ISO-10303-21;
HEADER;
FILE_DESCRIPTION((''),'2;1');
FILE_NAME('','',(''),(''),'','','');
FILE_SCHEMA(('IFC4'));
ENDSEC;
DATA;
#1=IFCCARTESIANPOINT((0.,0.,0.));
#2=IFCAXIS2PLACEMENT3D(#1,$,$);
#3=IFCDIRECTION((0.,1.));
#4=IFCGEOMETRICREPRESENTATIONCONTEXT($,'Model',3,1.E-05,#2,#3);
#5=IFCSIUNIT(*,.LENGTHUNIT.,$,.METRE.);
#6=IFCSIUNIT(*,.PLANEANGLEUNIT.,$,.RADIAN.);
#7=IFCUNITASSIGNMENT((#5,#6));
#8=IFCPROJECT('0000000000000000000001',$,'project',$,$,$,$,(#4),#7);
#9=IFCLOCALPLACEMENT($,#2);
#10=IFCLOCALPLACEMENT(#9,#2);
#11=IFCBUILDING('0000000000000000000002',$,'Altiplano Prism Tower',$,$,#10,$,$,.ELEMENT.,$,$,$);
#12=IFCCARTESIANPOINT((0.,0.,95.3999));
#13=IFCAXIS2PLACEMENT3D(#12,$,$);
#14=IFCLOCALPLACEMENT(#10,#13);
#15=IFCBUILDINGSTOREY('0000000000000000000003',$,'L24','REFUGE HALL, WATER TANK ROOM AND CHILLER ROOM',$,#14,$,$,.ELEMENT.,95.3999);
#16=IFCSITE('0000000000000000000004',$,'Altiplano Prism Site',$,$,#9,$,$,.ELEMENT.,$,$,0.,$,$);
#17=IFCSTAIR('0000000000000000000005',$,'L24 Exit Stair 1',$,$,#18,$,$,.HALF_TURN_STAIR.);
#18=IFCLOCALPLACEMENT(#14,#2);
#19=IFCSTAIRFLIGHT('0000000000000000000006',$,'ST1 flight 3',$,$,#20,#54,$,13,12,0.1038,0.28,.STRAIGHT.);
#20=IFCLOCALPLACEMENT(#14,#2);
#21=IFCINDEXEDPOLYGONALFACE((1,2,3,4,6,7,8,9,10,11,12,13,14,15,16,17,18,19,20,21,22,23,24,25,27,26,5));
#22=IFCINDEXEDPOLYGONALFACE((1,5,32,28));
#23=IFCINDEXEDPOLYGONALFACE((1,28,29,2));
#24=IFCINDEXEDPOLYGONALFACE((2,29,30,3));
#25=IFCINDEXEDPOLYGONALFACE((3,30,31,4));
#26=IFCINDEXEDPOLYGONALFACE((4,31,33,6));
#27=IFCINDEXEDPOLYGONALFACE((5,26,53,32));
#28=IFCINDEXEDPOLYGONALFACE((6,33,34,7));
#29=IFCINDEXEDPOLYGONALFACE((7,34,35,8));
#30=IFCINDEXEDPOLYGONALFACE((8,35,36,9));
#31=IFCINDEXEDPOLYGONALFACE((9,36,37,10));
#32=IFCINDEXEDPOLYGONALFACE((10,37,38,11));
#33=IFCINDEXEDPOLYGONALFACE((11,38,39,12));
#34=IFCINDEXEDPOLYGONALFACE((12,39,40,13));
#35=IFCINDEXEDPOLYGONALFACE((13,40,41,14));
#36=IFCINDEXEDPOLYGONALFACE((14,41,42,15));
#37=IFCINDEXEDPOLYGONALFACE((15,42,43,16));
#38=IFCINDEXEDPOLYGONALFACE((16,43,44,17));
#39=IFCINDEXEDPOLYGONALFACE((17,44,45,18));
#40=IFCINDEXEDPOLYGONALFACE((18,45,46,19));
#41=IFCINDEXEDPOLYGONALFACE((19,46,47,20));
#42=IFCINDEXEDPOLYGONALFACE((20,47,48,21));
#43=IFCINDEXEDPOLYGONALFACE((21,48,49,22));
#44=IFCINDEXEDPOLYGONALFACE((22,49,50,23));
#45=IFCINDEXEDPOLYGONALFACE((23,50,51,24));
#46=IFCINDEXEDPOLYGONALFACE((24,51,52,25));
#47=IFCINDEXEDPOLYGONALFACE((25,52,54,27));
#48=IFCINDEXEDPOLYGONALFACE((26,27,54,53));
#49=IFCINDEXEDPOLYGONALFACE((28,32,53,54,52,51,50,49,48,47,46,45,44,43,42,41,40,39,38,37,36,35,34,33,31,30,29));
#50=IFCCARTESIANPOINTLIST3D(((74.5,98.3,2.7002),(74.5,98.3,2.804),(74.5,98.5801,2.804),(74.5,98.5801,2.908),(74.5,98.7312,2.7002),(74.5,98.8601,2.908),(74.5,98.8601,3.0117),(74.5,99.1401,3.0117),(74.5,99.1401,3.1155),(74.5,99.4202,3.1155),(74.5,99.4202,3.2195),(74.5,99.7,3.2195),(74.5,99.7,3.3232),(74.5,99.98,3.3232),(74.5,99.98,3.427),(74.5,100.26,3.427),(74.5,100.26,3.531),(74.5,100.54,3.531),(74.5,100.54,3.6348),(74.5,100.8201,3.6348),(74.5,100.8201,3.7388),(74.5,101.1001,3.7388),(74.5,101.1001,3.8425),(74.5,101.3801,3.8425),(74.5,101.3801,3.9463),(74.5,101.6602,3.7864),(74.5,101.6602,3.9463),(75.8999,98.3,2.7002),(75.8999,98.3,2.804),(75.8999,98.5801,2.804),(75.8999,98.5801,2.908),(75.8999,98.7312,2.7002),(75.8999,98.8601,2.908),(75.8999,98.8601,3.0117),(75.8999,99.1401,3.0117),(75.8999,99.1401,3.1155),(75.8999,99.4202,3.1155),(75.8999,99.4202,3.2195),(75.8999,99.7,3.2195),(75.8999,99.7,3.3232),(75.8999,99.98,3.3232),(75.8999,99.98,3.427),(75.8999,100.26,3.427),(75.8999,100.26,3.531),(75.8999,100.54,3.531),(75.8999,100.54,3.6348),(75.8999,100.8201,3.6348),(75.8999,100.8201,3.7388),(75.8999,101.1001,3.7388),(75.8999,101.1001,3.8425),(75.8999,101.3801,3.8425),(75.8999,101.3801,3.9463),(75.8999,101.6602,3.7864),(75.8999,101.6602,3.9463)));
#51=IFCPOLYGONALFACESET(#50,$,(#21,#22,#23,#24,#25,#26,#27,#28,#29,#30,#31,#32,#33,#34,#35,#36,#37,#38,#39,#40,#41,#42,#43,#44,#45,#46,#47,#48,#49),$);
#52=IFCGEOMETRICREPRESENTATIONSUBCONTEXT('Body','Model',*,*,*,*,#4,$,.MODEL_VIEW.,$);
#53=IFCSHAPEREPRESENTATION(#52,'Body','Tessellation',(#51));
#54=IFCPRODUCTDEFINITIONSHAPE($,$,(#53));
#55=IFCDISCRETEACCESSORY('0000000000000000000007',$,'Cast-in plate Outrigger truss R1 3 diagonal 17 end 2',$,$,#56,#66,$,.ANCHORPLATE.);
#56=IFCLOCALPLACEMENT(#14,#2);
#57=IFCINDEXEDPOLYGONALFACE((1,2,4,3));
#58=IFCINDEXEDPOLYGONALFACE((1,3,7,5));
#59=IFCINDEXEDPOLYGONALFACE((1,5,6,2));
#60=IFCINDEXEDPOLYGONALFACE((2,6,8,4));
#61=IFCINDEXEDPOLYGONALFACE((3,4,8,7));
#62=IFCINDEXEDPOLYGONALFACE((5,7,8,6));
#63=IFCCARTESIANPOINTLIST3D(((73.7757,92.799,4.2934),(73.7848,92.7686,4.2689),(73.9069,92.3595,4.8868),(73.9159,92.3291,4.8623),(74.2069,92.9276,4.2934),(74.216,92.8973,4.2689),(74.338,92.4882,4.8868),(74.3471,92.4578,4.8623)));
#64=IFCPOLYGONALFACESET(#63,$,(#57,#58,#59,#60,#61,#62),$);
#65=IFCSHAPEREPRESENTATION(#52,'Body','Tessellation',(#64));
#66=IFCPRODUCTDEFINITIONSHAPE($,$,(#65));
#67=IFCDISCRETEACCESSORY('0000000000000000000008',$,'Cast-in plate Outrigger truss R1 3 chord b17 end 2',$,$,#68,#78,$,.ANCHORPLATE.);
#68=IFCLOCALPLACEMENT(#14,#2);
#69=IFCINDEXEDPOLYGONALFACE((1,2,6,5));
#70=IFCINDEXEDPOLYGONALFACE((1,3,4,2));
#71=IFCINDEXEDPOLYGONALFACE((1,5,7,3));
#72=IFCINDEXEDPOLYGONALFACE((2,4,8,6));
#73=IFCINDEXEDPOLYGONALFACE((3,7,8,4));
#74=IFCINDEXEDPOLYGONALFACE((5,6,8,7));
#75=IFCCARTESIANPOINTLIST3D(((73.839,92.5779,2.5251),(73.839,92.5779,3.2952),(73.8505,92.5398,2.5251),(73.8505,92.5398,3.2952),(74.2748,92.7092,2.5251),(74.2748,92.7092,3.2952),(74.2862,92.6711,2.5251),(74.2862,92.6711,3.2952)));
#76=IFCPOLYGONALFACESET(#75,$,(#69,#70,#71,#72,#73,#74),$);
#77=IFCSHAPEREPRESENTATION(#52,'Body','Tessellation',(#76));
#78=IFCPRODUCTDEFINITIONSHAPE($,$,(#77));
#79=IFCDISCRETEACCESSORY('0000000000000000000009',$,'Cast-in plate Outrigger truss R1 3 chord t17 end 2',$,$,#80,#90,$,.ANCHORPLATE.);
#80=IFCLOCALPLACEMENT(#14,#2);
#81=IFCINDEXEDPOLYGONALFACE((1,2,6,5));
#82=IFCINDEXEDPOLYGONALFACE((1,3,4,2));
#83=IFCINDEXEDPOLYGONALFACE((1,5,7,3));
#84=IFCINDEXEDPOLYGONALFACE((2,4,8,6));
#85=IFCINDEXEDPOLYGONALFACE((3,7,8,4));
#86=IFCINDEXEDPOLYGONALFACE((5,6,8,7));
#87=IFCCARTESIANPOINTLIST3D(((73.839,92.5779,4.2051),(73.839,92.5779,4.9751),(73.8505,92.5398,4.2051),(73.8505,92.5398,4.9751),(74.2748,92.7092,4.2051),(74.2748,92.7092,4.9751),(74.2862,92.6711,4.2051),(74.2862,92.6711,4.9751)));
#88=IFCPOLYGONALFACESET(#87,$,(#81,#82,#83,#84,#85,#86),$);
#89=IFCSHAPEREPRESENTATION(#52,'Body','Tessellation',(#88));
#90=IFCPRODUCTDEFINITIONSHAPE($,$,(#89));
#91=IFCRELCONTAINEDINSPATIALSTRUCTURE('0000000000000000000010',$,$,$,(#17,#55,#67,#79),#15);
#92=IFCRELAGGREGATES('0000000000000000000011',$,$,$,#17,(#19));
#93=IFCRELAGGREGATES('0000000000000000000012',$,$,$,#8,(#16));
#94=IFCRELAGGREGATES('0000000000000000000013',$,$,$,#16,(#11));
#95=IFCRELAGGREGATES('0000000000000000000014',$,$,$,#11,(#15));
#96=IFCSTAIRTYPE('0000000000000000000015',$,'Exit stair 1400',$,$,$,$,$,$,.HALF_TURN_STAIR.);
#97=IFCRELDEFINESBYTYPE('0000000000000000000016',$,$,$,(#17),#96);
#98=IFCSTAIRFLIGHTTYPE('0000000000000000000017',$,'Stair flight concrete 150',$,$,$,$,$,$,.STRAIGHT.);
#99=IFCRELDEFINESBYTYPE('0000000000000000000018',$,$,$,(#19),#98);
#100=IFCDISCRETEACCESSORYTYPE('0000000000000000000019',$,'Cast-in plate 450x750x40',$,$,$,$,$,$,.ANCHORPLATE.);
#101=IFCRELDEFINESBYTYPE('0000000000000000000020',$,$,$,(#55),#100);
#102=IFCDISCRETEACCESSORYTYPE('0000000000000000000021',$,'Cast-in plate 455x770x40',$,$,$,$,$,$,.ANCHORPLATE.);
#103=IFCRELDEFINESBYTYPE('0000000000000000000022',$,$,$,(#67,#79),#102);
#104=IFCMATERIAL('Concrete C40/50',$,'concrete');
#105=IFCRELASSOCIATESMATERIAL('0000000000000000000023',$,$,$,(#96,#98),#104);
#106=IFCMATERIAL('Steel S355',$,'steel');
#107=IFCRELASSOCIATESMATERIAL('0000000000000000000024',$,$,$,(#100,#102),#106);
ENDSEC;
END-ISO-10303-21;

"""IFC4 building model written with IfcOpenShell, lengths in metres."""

from ifc_helpers import new_model, si_unit, direction, frame, origin, origin_2d, place, context, subcontext, project, spatial, polyline, rectangle, outline, extrude, material, material_profile, profile_set, type_object, element, aggregate, save


model = new_model("IFC4")

# Units and contexts
model_context = context("Model", 3, precision=1e-05, world=origin(), true_north=direction((0.0, 1.0)))
body_context = subcontext(model_context, "Body", "Model", "MODEL_VIEW")
ifc_project = project(units=[si_unit("LENGTHUNIT", "METRE"), si_unit("PLANEANGLEUNIT", "RADIAN")], contexts=[model_context])

# Site, building, storey
site_placement = place(None, origin())
site = spatial("IfcSite", under=ifc_project, at=site_placement, Name="Altiplano Prism Site", CompositionType="ELEMENT", RefElevation=0.0)
building_placement = place(site_placement, origin())
building = spatial("IfcBuilding", under=site, at=building_placement, Name="Altiplano Prism Tower", CompositionType="ELEMENT")
storey_placement = place(building_placement, frame((0.0, 0.0, 95.3999)))
storey = spatial("IfcBuildingStorey", under=building, at=storey_placement, Name="L24", Description="REFUGE HALL, WATER TANK ROOM AND CHILLER ROOM", CompositionType="ELEMENT", Elevation=95.3999)

# Shared definitions
ifc_material_1 = material(Name="Steel S355", Category="steel")

# Stair, stair flight
ifc_material_2 = material(Name="Concrete C40/50", Category="concrete")
stair_type = type_object("IfcStairType", Name="Exit stair 1400", PredefinedType="HALF_TURN_STAIR", material=ifc_material_2)
stair_placement = place(storey_placement, origin())
stair = element("IfcStair", 1, at=stair_placement, inside=storey, type_object=stair_type, Name="L24 Exit Stair 1", PredefinedType="HALF_TURN_STAIR")
stair_flight_type = type_object("IfcStairFlightType", Name="Stair flight concrete 150", PredefinedType="STRAIGHT", material=ifc_material_2)
stair_flight_1_placement = place(storey_placement, frame((75.2, 98.3, 2.7002), z_axis=(0.0, 0.0, 1.0), x_axis=(0.0, 1.0, 0.0)))
stair_flight_1 = element("IfcStairFlight", 2, at=stair_flight_1_placement, type_object=stair_flight_type, Name="ST1 flight 3", NumberOfRisers=13, NumberOfTreads=12, PredefinedType="STRAIGHT", RiserHeight=0.1038, TreadLength=0.28, context=body_context, shape_type="SweptSolid", body=[
    extrude(outline(polyline([(0.0, 0.0), (0.0, 0.1038), (0.28, 0.1038), (0.28, 0.2078), (0.5601, 0.2078), (0.5601, 0.3115), (0.8401, 0.3115), (0.8401, 0.4153), (1.1201, 0.4153), (1.1201, 0.5193), (1.3999, 0.5193), (1.3999, 0.623), (1.6799, 0.623), (1.6799, 0.7268), (1.96, 0.7268), (1.96, 0.8308), (2.24, 0.8308), (2.24, 0.9346), (2.52, 0.9346), (2.52, 1.0386), (2.8, 1.0386), (2.8, 1.1423), (3.0801, 1.1423), (3.0801, 1.2461), (3.3601, 1.2461), (3.3601, 1.3501), (3.3601, 1.0862), (0.4312, 0.0), (0.0, 0.0)])), frame((0.0, 0.7, 0.0), z_axis=(0.0, -1.0, 0.0), x_axis=(1.0, 0.0, 0.0)), (0.0, 0.0, 1.0), 1.3999),
])
aggregate(stair, [stair_flight_1])

# Discrete accessories
ifc_material_profile_1 = material_profile(ifc_material_1, rectangle(XDim=0.45, YDim=0.75, at=origin_2d()), Name="Cast-in plate 450x750x40")
ifc_profile_set_1 = profile_set([ifc_material_profile_1], Name="Steel S355")
discrete_accessory_type_1 = type_object("IfcDiscreteAccessoryType", Name="Cast-in plate 450x750x40", PredefinedType="ANCHORPLATE", material=ifc_profile_set_1)
discrete_accessory_placement = place(storey_placement, frame((74.0569, 92.6436, 4.5901), z_axis=(0.226246, -0.758229, -0.611475), x_axis=(0.958251, 0.28593, 0.0)))
element("IfcDiscreteAccessory", 3, at=discrete_accessory_placement, inside=storey, type_object=discrete_accessory_type_1, Name="Cast-in plate Outrigger truss R1 3 diagonal 17 end 2", PredefinedType="ANCHORPLATE", context=body_context, shape_type="SweptSolid", body=[
    extrude(rectangle(XDim=0.45, YDim=0.75, at=origin_2d()), origin(), (0.0, 0.0, 1.0), 0.04),
])
ifc_material_profile_2 = material_profile(ifc_material_1, rectangle(XDim=0.4551, YDim=0.77, at=origin_2d()), Name="Cast-in plate 455x770x40")
ifc_profile_set_2 = profile_set([ifc_material_profile_2], Name="Steel S355")
discrete_accessory_type_2 = type_object("IfcDiscreteAccessoryType", Name="Cast-in plate 455x770x40", PredefinedType="ANCHORPLATE", material=ifc_profile_set_2)
for number, where, z_axis, x_axis, name in (
    (4, (74.0569, 92.6436, 2.9102), (0.288474, -0.957488, 0.0), (0.957488, 0.288474, 0.0), "Cast-in plate Outrigger truss R1 3 chord b17 end 2"),
    (5, (74.0569, 92.6436, 4.5901), (0.288474, -0.957488, 0.0), (0.957488, 0.288474, 0.0), "Cast-in plate Outrigger truss R1 3 chord t17 end 2"),
):
    element("IfcDiscreteAccessory", number, at=place(storey_placement, frame(where, z_axis=z_axis, x_axis=x_axis)), inside=storey, type_object=discrete_accessory_type_2, Name=name, PredefinedType="ANCHORPLATE", context=body_context, shape_type="SweptSolid", body=[
        extrude(rectangle(XDim=0.4551, YDim=0.77, at=origin_2d()), origin(), (0.0, 0.0, 1.0), 0.0398),
    ])

save(model, "model.ifc")
